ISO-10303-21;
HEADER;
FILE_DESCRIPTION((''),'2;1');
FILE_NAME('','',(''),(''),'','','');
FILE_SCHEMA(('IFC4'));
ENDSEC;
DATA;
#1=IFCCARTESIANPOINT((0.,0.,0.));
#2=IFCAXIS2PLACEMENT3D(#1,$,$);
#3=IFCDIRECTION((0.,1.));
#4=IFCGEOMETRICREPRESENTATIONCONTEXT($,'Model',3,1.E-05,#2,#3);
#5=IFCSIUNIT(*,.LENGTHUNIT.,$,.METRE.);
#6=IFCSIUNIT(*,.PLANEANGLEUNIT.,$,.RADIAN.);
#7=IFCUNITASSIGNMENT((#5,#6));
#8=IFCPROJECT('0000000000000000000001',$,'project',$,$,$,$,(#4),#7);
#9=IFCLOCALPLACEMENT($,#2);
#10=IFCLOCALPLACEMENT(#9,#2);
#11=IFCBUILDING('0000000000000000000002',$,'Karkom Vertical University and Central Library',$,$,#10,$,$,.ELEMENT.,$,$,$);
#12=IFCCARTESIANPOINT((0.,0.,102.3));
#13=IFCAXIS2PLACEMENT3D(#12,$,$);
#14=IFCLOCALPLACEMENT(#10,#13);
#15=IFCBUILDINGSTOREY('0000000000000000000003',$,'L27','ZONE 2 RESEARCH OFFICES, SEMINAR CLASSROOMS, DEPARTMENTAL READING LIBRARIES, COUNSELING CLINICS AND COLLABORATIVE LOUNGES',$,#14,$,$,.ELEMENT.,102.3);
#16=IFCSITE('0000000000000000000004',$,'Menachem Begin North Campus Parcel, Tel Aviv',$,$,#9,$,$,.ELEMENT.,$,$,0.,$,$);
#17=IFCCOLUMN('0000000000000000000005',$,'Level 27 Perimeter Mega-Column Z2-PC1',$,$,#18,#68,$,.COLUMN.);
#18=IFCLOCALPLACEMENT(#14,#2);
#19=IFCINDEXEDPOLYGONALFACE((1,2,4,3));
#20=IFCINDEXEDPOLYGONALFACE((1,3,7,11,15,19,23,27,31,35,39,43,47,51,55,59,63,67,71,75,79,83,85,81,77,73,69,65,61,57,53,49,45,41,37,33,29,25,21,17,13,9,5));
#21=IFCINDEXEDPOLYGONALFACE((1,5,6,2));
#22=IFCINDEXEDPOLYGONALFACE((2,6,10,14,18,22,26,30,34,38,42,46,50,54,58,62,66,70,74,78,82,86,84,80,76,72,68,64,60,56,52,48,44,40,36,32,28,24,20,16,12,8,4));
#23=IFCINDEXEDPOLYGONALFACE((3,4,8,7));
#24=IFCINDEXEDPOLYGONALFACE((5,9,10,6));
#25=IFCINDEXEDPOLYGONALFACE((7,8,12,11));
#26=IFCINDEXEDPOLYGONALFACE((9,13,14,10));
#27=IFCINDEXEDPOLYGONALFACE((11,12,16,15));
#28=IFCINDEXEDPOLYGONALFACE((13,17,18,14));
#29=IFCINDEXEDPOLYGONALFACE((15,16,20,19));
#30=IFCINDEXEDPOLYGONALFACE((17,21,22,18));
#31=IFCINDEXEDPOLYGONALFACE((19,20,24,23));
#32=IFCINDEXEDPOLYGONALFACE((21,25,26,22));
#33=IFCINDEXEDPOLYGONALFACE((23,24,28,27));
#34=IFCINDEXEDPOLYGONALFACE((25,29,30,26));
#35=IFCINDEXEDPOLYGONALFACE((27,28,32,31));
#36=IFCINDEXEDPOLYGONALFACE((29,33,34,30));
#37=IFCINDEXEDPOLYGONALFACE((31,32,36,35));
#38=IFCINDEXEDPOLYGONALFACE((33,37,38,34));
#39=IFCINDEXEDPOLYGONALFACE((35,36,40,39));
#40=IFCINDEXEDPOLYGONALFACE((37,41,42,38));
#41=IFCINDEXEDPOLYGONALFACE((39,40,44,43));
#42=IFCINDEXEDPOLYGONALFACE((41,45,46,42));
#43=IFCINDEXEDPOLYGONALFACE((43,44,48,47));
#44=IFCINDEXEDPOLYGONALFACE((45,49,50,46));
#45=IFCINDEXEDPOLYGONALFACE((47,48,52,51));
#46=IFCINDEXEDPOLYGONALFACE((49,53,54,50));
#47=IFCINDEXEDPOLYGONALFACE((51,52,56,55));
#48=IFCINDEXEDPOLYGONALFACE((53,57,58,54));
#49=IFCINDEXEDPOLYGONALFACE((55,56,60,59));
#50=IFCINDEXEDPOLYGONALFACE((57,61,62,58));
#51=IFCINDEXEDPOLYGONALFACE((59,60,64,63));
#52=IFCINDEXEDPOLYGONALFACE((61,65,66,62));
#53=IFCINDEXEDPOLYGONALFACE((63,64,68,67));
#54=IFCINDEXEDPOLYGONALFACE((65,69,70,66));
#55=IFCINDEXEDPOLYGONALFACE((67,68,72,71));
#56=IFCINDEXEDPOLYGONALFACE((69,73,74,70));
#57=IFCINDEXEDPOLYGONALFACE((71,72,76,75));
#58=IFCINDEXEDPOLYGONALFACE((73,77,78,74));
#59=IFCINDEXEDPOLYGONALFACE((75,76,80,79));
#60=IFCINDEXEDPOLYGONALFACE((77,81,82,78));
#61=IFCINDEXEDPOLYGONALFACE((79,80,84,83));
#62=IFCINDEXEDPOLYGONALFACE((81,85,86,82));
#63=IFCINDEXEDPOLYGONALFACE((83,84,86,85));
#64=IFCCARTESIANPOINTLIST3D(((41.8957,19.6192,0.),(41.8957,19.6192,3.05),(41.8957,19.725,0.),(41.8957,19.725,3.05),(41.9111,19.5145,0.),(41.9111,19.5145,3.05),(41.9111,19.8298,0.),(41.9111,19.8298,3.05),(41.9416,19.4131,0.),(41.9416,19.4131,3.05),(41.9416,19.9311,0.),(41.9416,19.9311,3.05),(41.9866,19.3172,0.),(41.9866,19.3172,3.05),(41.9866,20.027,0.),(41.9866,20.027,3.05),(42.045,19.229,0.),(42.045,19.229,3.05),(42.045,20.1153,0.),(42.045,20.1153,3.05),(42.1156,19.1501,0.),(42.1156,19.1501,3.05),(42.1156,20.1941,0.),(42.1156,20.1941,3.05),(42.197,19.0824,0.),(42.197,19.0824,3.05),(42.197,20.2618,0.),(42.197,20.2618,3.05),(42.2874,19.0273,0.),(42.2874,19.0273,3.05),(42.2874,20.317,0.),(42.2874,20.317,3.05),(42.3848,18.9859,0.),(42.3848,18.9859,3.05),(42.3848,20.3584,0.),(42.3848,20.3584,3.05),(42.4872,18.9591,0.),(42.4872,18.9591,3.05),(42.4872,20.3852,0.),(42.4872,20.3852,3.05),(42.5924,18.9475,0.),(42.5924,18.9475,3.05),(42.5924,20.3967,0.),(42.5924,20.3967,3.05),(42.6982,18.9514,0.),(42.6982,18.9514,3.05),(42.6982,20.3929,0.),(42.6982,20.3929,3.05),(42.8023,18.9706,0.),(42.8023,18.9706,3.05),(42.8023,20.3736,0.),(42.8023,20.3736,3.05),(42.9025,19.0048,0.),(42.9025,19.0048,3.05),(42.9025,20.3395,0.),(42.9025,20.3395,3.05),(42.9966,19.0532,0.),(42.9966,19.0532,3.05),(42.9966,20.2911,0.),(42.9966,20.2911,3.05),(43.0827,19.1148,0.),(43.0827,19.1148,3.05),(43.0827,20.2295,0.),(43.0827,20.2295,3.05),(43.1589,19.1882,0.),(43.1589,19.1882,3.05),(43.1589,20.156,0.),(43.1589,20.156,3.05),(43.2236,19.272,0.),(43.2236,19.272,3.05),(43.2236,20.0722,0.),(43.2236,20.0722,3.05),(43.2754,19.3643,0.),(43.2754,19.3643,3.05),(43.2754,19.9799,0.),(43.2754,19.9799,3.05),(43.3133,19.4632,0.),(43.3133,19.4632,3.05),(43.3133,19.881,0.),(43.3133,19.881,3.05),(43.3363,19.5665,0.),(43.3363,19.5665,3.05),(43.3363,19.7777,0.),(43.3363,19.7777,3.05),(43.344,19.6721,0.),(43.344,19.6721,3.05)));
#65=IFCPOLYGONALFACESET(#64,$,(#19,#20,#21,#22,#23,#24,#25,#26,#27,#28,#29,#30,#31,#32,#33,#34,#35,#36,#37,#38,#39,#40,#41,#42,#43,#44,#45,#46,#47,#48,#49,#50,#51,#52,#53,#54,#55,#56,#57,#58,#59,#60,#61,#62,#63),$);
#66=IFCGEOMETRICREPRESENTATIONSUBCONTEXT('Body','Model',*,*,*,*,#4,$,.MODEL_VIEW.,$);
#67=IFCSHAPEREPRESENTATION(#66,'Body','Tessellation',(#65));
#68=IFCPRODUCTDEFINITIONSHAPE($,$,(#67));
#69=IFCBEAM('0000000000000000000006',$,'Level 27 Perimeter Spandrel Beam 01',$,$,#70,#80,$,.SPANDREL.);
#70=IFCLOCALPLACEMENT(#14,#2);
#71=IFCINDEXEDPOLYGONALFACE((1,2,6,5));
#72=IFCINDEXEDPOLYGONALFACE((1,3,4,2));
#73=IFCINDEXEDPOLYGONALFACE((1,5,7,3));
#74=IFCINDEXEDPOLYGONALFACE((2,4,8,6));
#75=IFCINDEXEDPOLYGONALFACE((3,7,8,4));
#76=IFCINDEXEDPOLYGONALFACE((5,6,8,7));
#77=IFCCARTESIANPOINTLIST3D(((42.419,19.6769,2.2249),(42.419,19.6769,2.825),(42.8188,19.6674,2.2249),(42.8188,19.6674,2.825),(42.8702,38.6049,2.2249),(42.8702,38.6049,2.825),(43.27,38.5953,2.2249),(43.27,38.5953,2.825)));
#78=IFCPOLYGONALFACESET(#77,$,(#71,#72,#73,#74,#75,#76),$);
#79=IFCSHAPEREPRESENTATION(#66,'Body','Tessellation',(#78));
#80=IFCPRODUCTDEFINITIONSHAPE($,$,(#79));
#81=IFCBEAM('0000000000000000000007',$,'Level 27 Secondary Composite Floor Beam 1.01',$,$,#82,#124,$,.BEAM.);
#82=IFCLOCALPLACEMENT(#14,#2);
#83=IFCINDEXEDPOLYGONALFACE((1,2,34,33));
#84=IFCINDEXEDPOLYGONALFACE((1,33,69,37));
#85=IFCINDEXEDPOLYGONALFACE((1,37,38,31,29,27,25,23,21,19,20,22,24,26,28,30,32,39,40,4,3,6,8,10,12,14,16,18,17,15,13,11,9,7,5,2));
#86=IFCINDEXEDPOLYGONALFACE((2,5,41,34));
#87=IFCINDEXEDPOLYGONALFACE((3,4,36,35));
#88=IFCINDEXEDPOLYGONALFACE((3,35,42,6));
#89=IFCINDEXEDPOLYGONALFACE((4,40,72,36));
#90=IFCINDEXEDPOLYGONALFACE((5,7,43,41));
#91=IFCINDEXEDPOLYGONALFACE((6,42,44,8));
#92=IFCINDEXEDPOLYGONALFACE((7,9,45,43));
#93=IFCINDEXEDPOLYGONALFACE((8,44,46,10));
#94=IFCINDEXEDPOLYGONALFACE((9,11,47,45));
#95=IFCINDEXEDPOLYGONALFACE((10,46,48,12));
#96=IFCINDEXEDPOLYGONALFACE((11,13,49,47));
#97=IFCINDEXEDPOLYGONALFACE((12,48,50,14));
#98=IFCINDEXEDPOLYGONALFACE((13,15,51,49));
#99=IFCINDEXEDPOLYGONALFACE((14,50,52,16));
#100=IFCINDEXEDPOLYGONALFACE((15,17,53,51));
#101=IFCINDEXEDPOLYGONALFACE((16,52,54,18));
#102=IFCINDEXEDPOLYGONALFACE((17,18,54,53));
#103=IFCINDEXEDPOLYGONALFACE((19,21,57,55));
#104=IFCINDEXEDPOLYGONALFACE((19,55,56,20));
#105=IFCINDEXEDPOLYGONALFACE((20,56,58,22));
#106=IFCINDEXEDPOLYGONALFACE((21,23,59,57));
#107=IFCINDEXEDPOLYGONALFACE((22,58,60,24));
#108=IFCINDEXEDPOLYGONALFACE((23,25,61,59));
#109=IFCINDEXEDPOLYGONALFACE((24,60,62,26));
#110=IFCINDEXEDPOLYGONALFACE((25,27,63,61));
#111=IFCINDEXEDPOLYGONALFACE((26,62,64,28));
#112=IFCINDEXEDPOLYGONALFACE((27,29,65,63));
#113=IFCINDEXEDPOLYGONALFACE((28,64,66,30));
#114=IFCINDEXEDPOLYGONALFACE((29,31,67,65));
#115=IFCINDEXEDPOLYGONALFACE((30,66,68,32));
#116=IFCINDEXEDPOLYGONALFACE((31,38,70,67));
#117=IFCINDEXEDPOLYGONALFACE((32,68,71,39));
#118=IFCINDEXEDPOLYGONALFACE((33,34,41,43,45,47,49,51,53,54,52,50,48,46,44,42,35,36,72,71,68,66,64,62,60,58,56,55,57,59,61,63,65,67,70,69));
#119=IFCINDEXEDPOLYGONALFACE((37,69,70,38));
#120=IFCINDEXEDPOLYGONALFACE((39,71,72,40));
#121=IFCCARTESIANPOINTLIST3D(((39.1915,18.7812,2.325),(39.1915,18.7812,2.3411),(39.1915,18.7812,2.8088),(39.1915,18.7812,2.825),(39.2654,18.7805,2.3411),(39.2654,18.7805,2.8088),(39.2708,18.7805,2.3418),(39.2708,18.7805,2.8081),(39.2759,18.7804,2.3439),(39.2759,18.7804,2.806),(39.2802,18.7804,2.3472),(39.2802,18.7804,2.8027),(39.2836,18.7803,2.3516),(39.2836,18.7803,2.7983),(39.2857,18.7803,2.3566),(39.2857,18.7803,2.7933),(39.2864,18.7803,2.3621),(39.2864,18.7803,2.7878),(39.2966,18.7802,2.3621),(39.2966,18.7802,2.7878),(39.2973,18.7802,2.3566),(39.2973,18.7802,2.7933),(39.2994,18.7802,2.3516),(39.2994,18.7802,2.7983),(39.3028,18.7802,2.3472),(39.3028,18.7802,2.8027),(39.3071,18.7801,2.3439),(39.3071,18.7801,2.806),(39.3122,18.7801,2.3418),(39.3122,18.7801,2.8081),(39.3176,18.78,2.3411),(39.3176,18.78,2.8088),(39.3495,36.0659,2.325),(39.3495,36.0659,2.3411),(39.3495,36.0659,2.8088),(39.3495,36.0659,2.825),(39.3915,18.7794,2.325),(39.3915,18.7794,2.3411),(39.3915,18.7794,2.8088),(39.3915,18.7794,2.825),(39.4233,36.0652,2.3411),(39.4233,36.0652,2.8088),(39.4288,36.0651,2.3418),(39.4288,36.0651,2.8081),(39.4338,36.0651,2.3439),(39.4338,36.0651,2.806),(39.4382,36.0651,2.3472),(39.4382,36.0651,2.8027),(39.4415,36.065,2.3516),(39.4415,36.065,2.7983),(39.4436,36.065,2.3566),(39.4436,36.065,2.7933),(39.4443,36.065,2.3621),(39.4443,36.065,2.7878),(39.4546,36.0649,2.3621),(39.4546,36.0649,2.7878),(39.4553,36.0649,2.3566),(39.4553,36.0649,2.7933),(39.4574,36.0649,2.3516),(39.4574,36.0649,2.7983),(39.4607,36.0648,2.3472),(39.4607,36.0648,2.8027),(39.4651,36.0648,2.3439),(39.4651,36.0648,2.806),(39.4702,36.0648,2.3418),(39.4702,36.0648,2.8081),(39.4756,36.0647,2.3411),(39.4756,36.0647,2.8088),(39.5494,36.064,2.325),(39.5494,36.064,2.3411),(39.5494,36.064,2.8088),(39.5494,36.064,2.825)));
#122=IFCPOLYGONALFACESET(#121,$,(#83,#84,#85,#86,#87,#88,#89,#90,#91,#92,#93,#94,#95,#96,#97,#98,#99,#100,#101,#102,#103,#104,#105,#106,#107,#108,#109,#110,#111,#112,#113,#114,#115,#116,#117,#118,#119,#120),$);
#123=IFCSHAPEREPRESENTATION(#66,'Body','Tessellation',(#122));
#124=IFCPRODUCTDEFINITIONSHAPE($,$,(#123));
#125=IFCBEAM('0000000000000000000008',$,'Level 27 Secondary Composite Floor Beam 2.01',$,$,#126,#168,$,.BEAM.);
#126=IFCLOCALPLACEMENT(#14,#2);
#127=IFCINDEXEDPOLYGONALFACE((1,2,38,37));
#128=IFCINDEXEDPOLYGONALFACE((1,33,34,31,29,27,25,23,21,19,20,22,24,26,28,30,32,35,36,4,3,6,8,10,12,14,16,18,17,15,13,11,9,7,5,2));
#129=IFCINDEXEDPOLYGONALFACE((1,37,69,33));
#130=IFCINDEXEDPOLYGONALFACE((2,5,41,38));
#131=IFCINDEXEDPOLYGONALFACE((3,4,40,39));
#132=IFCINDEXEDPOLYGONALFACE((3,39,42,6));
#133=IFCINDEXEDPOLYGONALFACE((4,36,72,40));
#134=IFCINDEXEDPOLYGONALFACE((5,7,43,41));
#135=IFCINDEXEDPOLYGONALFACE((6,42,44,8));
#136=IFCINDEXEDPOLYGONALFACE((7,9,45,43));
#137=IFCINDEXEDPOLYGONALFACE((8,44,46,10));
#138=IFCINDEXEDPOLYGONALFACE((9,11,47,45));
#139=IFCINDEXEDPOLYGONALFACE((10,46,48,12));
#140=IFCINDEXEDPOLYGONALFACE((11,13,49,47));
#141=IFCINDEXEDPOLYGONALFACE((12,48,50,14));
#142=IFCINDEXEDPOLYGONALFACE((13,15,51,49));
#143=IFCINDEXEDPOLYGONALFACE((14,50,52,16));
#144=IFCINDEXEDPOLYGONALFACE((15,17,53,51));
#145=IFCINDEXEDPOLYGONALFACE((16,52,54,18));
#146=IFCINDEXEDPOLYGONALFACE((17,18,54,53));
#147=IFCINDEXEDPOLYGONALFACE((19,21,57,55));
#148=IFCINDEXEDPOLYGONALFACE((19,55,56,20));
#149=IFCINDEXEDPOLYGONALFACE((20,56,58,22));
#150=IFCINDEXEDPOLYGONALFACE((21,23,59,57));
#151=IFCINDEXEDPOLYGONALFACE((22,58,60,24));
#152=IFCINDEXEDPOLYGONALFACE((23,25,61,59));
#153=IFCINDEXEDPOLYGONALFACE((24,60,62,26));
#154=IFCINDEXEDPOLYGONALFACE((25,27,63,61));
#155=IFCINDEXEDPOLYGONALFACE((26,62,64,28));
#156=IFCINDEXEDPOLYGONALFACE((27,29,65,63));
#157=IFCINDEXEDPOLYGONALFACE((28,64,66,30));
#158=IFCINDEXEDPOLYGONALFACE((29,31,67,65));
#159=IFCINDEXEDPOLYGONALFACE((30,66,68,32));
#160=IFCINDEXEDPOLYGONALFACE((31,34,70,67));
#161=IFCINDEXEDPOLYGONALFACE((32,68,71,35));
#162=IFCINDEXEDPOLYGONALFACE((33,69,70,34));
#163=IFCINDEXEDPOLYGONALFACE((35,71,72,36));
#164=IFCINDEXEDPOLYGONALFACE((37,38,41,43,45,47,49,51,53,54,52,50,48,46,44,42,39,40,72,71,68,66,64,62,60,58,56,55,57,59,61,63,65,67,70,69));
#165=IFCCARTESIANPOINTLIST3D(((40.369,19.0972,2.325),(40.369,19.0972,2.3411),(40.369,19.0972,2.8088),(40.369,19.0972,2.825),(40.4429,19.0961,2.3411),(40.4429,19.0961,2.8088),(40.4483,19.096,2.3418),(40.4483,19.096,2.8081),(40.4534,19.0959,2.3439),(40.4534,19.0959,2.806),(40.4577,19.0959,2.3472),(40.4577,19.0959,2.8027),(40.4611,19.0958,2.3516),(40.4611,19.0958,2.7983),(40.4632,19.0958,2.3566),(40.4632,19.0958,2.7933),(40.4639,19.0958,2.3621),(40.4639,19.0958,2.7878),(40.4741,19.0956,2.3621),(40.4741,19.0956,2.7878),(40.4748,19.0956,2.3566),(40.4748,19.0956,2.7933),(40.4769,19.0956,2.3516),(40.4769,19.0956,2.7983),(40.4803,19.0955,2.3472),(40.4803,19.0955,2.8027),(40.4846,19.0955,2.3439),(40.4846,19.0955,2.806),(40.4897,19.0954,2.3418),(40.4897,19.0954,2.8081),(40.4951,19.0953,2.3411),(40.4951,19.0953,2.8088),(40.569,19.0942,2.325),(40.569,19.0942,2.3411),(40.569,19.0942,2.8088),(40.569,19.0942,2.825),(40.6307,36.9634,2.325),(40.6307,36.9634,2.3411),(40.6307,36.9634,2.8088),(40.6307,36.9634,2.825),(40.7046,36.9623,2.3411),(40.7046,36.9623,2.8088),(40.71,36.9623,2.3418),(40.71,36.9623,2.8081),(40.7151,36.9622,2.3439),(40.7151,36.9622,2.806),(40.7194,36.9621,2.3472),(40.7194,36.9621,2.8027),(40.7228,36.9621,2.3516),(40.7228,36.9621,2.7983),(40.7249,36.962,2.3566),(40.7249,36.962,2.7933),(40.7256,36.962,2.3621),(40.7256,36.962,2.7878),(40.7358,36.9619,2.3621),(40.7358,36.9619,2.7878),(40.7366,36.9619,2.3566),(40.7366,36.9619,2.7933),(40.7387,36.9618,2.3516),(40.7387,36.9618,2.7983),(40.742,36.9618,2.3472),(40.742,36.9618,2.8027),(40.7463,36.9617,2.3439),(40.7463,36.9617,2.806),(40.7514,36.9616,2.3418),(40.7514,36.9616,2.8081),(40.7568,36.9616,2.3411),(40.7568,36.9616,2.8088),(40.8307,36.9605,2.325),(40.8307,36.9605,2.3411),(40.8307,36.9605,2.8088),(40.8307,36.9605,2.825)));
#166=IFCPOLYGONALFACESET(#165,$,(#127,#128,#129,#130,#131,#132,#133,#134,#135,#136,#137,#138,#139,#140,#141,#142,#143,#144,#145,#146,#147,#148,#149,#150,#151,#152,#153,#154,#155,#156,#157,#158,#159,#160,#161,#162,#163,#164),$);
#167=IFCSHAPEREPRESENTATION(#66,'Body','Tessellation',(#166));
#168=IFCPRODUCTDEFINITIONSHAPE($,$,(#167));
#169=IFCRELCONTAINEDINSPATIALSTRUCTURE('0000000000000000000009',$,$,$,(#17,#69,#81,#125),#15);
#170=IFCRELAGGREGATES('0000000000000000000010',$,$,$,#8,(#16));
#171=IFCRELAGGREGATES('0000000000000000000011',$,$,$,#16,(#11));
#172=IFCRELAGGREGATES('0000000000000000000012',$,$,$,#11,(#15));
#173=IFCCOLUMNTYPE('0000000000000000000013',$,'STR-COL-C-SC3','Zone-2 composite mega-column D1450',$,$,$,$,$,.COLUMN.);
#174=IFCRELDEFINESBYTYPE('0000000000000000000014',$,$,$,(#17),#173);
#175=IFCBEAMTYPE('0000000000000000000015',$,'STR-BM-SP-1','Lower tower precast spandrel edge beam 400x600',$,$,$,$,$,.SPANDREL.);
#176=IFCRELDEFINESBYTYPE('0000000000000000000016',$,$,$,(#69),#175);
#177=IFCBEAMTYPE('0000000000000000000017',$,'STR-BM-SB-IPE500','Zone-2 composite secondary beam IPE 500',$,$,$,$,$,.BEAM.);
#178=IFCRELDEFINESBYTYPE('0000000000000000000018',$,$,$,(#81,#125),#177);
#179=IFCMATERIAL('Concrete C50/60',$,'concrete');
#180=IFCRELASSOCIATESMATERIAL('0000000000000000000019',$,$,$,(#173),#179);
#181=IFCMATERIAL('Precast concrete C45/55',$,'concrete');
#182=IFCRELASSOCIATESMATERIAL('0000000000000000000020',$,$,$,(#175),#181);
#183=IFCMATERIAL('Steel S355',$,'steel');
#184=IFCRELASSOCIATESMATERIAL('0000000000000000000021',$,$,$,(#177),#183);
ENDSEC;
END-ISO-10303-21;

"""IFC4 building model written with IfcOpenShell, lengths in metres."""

from ifc_helpers import new_model, si_unit, direction, frame, origin, origin_with_axes, origin_2d, place, context, subcontext, project, spatial, rectangle, circle, i_section, extrude, source, transform, mapped, material, material_profile, profile_set, type_object, element, save


model = new_model("IFC4")

# Units and contexts
model_context = context("Model", 3, precision=1e-05, world=origin(), true_north=direction((0.0, 1.0)))
body_context = subcontext(model_context, "Body", "Model", "MODEL_VIEW")
ifc_project = project(units=[si_unit("LENGTHUNIT", "METRE"), si_unit("PLANEANGLEUNIT", "RADIAN")], contexts=[model_context])

# Site, building, storey
site_placement = place(None, origin())
site = spatial("IfcSite", under=ifc_project, at=site_placement, Name="Menachem Begin North Campus Parcel, Tel Aviv", CompositionType="ELEMENT", RefElevation=0.0)
building_placement = place(site_placement, origin())
building = spatial("IfcBuilding", under=site, at=building_placement, Name="Karkom Vertical University and Central Library", CompositionType="ELEMENT")
storey_placement = place(building_placement, frame((0.0, 0.0, 102.3)))
storey = spatial("IfcBuildingStorey", under=building, at=storey_placement, Name="L27", Description="ZONE 2 RESEARCH OFFICES, SEMINAR CLASSROOMS, DEPARTMENTAL READING LIBRARIES, COUNSELING CLINICS AND COLLABORATIVE LOUNGES", CompositionType="ELEMENT", Elevation=102.3)

# Column
ifc_material_1 = material(Name="Concrete C50/60", Category="concrete")
ifc_material_profile_1 = material_profile(ifc_material_1, circle(Radius=0.7251, at=origin_2d()), Name="CFT-D1450")
ifc_profile_set_1 = profile_set([ifc_material_profile_1], Name="Concrete C50/60")
column_type = type_object("IfcColumnType", Name="STR-COL-C-SC3", Description="Zone-2 composite mega-column D1450", PredefinedType="COLUMN", material=ifc_profile_set_1)
shared_shape_1 = source(origin_with_axes(), body_context, "Body", "SweptSolid", [
    extrude(circle(Radius=0.7251, at=origin_2d()), origin(), (0.0, 0.0, 1.0), 3.05),
])
column_placement = place(storey_placement, frame((42.6189, 19.6721, 0.0), z_axis=(0.0, 0.0, 1.0), x_axis=(1.0, 0.0, 0.0)))
element("IfcColumn", 1, at=column_placement, inside=storey, type_object=column_type, Name="Level 27 Perimeter Mega-Column Z2-PC1", PredefinedType="COLUMN", context=body_context, shape_type="MappedRepresentation", body=[
    mapped(shared_shape_1, transform((0.0, 0.0, 0.0), scale=1.0)),
])

# Beams
ifc_material_2 = material(Name="Precast concrete C45/55", Category="concrete")
ifc_material_profile_2 = material_profile(ifc_material_2, rectangle(XDim=0.3999, YDim=0.6001, at=origin_2d()), Name="SPB-400x600")
ifc_profile_set_2 = profile_set([ifc_material_profile_2], Name="Precast concrete C45/55")
beam_type_1 = type_object("IfcBeamType", Name="STR-BM-SP-1", Description="Lower tower precast spandrel edge beam 400x600", PredefinedType="SPANDREL", material=ifc_profile_set_2)
shared_shape_2 = source(origin_with_axes(), body_context, "Body", "SweptSolid", [
    extrude(rectangle(XDim=0.3999, YDim=0.6001, at=origin_2d()), origin(), (0.0, 0.0, 1.0), 18.9333),
])
beam_1_placement = place(storey_placement, frame((42.6189, 19.6721, 2.5249), z_axis=(0.023829, 0.999716, 0.0), x_axis=(-0.999716, 0.023829, 0.0)))
element("IfcBeam", 2, at=beam_1_placement, inside=storey, type_object=beam_type_1, Name="Level 27 Perimeter Spandrel Beam 01", PredefinedType="SPANDREL", context=body_context, shape_type="MappedRepresentation", body=[
    mapped(shared_shape_2, transform((0.0, 0.0, 0.0), scale=1.0)),
])
ifc_material_3 = material(Name="Steel S355", Category="steel")
ifc_material_profile_3 = material_profile(ifc_material_3, i_section(OverallWidth=0.2, OverallDepth=0.5, WebThickness=0.0103, FlangeThickness=0.0161, FilletRadius=0.021, at=origin_2d()), Name="IPE 500")
ifc_profile_set_3 = profile_set([ifc_material_profile_3], Name="Steel S355")
beam_type_2 = type_object("IfcBeamType", Name="STR-BM-SB-IPE500", Description="Zone-2 composite secondary beam IPE 500", PredefinedType="BEAM", material=ifc_profile_set_3)
shared_shape_3 = source(origin_with_axes(), body_context, "Body", "SweptSolid", [
    extrude(i_section(OverallWidth=0.2, OverallDepth=0.5, WebThickness=0.0103, FlangeThickness=0.0161, FilletRadius=0.021, at=origin_2d()), origin(), (0.0, 0.0, 1.0), 17.2854),
])
beam_2_placement = place(storey_placement, frame((39.2915, 18.7803, 2.575), z_axis=(0.009138, 0.999958, 0.0), x_axis=(-0.999958, 0.009138, 0.0)))
element("IfcBeam", 3, at=beam_2_placement, inside=storey, type_object=beam_type_2, Name="Level 27 Secondary Composite Floor Beam 1.01", PredefinedType="BEAM", context=body_context, shape_type="MappedRepresentation", body=[
    mapped(shared_shape_3, transform((0.0, 0.0, 0.0), scale=1.0)),
])
shared_shape_4 = source(origin_with_axes(), body_context, "Body", "SweptSolid", [
    extrude(i_section(OverallWidth=0.2, OverallDepth=0.5, WebThickness=0.0103, FlangeThickness=0.0161, FilletRadius=0.021, at=origin_2d()), origin(), (0.0, 0.0, 1.0), 17.8682),
])
beam_3_placement = place(storey_placement, frame((40.469, 19.0957, 2.575), z_axis=(0.014647, 0.999893, 0.0), x_axis=(-0.999893, 0.014647, 0.0)))
element("IfcBeam", 4, at=beam_3_placement, inside=storey, type_object=beam_type_2, Name="Level 27 Secondary Composite Floor Beam 2.01", PredefinedType="BEAM", context=body_context, shape_type="MappedRepresentation", body=[
    mapped(shared_shape_4, transform((0.0, 0.0, 0.0), scale=1.0)),
])

save(model, "model.ifc")
